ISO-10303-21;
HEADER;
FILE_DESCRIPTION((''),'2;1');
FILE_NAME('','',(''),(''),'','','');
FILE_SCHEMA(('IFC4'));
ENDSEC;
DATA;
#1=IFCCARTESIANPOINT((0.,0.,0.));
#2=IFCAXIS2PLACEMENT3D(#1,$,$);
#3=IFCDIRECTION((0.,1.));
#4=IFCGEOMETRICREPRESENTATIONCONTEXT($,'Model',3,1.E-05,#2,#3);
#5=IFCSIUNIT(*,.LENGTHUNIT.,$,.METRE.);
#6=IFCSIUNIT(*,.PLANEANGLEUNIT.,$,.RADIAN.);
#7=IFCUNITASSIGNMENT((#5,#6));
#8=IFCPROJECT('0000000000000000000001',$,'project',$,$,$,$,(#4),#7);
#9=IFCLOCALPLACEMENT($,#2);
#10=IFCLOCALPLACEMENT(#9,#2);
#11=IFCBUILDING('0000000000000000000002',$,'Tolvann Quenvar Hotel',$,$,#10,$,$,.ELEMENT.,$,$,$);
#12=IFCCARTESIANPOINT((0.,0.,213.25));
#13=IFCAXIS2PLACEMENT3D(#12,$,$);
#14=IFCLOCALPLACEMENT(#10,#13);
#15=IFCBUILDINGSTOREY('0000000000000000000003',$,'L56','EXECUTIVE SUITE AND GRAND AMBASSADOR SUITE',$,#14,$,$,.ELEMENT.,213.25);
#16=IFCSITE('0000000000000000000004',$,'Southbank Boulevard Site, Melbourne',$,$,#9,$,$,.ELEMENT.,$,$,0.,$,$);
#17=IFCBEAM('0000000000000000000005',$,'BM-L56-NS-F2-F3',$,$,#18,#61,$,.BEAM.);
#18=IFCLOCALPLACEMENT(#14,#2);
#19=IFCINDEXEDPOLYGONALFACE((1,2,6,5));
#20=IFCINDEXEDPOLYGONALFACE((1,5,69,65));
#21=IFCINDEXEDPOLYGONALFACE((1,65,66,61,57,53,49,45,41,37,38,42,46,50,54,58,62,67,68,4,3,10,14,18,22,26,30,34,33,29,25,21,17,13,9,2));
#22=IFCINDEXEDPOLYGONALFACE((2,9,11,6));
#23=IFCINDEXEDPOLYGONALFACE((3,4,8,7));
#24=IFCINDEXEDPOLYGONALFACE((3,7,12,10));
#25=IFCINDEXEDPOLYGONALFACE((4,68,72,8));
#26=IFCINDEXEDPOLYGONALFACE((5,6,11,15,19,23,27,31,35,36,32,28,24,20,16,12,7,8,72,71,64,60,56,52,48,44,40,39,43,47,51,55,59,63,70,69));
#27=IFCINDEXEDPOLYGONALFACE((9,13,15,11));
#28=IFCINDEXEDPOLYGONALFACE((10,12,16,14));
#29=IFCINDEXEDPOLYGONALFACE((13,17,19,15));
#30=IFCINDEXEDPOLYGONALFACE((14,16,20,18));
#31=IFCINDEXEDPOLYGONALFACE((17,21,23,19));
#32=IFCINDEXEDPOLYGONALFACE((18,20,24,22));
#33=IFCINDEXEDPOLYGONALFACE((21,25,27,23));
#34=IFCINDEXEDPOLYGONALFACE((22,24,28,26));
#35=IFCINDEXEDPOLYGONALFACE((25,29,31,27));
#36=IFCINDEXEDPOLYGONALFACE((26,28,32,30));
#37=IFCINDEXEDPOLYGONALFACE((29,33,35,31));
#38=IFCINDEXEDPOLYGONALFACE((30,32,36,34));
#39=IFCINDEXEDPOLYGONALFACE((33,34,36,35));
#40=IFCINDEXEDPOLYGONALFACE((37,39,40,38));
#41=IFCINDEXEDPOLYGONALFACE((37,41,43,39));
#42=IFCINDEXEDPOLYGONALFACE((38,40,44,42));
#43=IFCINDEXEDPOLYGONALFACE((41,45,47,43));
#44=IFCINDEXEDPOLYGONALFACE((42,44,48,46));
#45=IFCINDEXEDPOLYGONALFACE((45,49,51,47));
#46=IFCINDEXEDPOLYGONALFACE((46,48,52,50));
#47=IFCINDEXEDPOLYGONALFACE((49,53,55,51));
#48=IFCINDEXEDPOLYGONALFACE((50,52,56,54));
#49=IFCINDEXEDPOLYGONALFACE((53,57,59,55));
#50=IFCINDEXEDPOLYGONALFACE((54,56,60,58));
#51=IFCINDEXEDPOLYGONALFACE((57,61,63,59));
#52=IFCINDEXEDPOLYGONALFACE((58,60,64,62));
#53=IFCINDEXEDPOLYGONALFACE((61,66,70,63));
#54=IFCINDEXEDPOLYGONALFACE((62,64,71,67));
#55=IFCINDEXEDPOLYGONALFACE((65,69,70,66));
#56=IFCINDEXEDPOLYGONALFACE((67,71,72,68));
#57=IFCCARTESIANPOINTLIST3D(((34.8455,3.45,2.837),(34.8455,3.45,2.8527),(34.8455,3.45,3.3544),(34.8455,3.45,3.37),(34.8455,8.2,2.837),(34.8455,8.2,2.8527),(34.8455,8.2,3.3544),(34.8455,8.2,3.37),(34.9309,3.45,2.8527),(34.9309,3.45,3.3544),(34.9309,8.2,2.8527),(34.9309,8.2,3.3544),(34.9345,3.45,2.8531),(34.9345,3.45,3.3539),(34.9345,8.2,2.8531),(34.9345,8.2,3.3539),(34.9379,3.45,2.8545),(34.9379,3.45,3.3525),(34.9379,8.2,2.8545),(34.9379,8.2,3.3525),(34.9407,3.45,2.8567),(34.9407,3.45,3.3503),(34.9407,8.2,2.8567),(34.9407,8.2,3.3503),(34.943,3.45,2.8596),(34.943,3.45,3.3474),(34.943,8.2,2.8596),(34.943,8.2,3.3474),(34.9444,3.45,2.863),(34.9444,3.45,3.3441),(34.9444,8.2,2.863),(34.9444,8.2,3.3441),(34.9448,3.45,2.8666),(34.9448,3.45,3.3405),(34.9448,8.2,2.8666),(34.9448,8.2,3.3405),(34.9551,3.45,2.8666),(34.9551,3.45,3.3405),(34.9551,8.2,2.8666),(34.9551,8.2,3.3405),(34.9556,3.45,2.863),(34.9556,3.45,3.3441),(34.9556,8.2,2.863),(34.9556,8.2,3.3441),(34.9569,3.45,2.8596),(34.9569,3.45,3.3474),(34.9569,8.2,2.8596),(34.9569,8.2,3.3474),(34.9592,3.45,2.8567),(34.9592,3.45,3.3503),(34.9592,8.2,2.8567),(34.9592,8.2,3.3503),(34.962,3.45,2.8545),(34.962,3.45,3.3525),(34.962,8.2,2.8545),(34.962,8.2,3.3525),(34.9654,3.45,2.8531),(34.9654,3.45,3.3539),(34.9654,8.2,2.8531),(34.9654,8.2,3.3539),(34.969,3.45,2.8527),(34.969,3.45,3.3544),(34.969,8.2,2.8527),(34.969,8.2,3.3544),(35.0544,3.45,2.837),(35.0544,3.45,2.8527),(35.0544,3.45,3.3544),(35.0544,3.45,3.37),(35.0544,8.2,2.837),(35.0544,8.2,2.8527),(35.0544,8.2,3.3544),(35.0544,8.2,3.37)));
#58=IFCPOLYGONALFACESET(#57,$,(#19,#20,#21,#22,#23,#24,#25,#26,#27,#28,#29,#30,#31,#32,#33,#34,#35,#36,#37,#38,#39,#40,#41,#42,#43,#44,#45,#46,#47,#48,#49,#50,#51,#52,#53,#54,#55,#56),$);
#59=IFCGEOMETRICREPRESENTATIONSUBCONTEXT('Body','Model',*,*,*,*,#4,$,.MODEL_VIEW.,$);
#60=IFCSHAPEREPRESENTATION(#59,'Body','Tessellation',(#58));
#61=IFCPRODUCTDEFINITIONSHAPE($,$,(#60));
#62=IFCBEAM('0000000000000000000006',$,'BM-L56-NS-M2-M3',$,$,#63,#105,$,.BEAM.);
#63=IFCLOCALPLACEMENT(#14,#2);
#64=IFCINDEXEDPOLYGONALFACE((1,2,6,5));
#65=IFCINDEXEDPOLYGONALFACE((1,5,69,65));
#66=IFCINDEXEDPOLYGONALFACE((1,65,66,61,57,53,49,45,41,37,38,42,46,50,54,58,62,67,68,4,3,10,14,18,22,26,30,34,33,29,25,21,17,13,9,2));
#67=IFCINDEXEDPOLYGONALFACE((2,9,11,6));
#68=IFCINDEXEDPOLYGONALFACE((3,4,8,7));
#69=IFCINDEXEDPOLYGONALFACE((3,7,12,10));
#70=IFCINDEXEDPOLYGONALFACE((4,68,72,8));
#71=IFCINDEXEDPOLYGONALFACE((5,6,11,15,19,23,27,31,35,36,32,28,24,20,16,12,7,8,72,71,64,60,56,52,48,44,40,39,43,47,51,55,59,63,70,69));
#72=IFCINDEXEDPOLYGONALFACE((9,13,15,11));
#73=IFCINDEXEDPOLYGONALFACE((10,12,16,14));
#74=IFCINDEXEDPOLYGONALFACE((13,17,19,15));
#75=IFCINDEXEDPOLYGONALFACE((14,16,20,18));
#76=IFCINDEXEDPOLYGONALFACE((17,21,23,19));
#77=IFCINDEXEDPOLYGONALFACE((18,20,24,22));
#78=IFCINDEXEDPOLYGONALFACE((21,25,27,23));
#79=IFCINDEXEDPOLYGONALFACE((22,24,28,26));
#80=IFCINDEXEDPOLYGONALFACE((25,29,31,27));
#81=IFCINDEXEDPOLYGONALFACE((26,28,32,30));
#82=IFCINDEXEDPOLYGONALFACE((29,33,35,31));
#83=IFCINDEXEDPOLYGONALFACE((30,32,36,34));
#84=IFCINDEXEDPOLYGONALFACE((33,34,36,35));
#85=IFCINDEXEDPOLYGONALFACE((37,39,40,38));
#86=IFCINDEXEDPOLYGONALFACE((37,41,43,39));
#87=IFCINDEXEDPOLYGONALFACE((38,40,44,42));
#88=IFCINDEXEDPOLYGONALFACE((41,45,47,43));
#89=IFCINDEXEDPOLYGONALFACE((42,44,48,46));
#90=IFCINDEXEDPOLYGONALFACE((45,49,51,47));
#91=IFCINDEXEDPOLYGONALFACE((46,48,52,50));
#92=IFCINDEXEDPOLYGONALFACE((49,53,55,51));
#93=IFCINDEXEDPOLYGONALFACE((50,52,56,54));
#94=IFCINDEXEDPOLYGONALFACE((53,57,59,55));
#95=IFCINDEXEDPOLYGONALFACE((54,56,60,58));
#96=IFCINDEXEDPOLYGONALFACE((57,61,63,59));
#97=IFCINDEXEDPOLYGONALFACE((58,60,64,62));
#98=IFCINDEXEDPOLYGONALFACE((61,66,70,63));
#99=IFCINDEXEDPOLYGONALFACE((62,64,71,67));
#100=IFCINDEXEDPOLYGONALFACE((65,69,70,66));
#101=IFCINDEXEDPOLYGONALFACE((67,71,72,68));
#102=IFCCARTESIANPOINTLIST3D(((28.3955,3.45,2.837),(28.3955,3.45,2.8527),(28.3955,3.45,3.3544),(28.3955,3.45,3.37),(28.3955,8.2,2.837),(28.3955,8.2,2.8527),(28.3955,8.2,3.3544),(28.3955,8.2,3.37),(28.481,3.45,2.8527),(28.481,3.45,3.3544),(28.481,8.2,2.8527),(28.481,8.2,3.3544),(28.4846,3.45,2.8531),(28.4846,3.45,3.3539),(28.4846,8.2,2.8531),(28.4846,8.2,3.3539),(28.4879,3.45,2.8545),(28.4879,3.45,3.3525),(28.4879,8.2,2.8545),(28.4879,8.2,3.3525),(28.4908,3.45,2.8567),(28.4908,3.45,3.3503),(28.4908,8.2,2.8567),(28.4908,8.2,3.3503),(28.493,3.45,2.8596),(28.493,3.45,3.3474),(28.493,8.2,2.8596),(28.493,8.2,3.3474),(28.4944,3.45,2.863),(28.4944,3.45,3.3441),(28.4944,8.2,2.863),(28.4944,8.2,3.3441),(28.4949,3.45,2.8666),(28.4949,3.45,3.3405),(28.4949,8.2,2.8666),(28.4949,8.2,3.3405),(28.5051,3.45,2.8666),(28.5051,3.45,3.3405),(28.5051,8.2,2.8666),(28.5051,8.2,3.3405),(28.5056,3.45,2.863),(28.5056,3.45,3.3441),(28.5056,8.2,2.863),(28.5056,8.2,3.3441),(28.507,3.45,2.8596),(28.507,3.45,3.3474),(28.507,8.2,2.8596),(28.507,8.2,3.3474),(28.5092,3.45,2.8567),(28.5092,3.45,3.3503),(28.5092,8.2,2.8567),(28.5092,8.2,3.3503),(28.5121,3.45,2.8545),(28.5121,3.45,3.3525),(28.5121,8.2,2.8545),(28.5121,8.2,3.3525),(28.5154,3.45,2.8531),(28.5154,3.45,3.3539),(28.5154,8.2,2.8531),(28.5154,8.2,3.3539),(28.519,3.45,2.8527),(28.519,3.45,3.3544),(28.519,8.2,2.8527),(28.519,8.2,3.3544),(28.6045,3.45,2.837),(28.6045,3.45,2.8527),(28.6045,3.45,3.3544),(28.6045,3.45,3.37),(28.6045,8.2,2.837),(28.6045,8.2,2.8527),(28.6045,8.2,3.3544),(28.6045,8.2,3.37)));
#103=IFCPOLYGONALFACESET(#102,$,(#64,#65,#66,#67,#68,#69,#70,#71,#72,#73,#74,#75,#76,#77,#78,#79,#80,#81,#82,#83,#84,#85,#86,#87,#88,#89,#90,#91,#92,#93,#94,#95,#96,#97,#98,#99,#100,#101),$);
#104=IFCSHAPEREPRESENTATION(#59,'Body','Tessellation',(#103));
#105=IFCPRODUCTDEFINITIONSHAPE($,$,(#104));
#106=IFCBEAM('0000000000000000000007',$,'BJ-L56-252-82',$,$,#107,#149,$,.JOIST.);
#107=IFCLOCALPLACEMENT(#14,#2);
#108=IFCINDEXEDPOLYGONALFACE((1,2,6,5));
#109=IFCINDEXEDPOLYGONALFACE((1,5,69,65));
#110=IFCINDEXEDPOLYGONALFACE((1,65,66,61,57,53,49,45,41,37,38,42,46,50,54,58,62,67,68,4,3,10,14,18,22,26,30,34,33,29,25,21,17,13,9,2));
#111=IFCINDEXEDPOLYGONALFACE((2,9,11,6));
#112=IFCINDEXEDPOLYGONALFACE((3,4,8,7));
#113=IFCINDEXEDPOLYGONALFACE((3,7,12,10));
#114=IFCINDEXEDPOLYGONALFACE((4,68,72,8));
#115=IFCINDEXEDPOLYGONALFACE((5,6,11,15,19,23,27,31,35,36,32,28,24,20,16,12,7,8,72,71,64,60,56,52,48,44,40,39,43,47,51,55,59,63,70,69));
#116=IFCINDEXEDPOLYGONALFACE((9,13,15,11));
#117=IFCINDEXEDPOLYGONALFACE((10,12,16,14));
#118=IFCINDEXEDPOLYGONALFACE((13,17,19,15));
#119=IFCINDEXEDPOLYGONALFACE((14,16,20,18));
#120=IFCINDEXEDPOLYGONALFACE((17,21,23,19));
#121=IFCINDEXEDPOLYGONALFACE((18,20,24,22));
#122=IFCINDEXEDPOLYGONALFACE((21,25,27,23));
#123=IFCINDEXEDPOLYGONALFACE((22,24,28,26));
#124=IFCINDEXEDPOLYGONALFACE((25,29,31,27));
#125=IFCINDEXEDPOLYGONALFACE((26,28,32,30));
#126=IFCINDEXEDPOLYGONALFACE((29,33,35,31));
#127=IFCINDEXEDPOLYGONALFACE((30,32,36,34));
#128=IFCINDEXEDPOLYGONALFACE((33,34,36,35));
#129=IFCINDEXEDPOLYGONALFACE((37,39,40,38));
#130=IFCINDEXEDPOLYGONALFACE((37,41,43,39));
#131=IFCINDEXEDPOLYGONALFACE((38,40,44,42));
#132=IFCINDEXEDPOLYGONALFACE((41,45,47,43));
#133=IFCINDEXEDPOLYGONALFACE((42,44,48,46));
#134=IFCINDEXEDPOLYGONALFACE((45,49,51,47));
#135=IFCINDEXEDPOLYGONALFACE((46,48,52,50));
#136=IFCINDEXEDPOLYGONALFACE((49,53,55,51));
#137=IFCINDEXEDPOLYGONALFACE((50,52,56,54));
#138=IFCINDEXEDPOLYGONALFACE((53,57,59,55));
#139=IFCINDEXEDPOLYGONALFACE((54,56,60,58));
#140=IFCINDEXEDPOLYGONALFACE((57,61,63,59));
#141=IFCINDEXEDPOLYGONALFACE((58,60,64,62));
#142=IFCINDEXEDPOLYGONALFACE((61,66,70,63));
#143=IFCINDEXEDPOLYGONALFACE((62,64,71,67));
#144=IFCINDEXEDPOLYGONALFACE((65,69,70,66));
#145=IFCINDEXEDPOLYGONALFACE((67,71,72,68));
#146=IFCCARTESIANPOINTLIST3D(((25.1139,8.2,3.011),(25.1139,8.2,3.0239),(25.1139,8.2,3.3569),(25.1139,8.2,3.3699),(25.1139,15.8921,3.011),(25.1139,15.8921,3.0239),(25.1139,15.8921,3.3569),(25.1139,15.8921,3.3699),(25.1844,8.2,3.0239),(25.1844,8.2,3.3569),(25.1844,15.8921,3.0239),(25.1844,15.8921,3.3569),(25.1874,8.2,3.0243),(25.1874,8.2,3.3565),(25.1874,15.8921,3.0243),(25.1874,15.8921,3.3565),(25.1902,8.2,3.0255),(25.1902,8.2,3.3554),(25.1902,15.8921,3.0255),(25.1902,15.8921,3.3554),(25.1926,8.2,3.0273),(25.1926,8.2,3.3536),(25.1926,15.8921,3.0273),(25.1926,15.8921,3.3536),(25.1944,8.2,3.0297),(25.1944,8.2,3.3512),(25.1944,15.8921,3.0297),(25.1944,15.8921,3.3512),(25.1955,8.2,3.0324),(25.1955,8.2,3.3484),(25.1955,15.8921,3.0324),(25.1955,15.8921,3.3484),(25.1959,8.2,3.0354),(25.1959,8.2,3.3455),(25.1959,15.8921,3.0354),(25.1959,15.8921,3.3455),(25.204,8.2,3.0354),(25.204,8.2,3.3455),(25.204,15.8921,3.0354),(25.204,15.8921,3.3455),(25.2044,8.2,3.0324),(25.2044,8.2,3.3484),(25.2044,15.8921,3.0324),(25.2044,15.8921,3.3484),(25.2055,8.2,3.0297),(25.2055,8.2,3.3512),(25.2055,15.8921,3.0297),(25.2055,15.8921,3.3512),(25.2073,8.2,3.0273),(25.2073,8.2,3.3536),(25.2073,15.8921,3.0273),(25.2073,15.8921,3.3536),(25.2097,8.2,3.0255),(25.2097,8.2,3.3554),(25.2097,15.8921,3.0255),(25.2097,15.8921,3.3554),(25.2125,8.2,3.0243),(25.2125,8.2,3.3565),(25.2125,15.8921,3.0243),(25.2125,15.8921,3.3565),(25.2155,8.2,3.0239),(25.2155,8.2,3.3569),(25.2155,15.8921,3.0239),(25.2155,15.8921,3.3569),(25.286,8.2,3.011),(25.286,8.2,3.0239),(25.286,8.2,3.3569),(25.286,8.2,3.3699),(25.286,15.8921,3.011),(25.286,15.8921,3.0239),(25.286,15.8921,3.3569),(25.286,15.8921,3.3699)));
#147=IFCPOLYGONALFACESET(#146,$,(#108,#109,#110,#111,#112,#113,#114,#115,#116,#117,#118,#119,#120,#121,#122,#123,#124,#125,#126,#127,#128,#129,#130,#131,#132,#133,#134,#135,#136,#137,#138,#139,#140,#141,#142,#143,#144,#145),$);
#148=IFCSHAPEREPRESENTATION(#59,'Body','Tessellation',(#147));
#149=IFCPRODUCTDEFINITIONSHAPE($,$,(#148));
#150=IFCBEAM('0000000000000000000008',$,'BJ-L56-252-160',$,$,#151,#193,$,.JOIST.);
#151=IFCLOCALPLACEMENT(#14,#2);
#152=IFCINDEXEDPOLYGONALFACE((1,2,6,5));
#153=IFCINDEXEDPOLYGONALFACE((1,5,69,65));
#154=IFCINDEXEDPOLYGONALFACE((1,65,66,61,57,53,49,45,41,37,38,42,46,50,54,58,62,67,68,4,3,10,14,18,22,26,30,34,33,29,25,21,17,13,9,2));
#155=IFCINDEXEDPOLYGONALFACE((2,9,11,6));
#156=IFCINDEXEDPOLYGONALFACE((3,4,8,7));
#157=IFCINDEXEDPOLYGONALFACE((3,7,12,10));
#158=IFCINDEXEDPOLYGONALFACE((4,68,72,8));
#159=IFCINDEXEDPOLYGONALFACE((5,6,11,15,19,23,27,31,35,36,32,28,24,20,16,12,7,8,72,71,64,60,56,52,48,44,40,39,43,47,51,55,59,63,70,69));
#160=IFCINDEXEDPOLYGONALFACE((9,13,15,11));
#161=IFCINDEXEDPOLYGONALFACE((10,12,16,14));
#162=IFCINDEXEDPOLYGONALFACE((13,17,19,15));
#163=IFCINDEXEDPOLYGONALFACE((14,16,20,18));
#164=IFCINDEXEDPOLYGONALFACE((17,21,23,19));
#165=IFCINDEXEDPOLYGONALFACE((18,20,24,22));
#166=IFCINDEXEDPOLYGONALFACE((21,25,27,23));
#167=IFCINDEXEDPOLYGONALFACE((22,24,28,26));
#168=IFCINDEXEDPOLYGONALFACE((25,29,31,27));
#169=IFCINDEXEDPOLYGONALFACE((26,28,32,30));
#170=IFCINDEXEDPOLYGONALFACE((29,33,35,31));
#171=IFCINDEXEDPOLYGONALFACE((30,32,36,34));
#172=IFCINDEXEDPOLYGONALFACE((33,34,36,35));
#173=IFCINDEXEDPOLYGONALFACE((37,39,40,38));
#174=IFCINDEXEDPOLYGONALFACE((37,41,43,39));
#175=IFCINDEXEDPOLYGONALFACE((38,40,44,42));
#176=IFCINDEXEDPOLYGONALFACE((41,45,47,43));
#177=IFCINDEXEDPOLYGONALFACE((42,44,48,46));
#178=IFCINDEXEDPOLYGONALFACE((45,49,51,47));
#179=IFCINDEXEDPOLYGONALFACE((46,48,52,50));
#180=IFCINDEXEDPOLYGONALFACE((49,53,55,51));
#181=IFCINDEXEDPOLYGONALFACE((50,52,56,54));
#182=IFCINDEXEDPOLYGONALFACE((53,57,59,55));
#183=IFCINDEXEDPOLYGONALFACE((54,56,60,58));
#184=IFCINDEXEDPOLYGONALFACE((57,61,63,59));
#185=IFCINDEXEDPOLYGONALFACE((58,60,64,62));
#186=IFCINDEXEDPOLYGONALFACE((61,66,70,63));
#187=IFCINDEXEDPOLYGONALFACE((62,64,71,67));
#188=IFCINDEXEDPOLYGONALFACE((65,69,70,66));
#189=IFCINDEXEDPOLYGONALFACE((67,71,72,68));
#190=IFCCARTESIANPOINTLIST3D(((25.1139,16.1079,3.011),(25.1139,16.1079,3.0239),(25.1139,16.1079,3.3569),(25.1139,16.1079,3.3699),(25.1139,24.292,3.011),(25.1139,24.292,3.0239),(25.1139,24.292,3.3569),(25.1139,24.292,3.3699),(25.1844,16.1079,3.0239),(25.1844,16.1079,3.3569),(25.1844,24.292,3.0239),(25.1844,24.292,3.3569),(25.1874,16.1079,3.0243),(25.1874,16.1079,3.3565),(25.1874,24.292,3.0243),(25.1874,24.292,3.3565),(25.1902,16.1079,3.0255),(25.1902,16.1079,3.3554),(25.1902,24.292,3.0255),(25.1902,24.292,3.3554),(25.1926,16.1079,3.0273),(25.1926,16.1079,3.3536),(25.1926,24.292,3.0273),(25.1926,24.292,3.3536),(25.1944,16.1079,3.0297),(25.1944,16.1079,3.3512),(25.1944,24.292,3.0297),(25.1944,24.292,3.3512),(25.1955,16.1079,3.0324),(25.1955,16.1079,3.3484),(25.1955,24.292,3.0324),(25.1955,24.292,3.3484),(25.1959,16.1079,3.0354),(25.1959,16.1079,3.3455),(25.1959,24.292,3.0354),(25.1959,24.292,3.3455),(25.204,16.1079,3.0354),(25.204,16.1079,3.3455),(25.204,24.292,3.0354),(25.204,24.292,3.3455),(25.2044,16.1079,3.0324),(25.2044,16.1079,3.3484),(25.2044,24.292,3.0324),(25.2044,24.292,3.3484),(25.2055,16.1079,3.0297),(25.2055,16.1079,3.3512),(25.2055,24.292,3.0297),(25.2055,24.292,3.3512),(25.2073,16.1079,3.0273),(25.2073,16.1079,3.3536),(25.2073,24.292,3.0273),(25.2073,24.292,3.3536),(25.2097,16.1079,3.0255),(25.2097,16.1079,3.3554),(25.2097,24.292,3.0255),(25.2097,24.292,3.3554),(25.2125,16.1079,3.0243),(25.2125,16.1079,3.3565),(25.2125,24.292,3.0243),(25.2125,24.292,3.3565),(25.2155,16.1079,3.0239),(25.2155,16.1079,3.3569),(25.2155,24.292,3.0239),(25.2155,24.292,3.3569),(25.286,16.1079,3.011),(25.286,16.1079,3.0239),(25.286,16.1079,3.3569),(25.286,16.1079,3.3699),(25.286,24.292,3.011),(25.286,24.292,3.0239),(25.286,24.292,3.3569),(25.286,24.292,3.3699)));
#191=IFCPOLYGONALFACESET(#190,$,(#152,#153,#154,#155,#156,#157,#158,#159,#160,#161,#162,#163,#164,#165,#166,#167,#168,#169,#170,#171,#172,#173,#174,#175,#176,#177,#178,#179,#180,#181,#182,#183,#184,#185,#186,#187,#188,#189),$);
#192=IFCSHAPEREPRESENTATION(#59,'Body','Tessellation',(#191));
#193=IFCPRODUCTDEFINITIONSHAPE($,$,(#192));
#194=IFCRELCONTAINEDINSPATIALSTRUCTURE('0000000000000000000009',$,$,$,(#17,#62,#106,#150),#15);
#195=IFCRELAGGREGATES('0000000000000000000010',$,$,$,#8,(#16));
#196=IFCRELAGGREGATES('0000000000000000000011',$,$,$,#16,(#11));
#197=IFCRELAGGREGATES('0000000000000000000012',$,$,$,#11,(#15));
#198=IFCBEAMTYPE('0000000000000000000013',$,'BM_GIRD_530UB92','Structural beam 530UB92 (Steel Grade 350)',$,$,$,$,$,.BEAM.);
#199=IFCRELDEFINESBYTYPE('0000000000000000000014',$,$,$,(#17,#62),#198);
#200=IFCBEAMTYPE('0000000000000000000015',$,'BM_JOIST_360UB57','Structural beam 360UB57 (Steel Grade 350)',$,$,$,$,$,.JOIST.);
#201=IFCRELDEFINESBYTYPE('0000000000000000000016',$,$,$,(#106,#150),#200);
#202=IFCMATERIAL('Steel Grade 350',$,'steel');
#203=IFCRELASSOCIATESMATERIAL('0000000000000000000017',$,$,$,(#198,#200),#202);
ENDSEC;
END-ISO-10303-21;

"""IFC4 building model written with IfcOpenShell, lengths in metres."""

from ifc_helpers import new_model, si_unit, direction, frame, origin, origin_2d, place, context, subcontext, project, spatial, i_section, extrude, source, transform, mapped, material, material_profile, profile_set, type_object, type_shapes, element, save


model = new_model("IFC4")

# Units and contexts
model_context = context("Model", 3, precision=1e-05, world=origin(), true_north=direction((0.0, 1.0)))
body_context = subcontext(model_context, "Body", "Model", "MODEL_VIEW")
ifc_project = project(units=[si_unit("LENGTHUNIT", "METRE"), si_unit("PLANEANGLEUNIT", "RADIAN")], contexts=[model_context])

# Site, building, storey
site_placement = place(None, origin())
site = spatial("IfcSite", under=ifc_project, at=site_placement, Name="Southbank Boulevard Site, Melbourne", CompositionType="ELEMENT", RefElevation=0.0)
building_placement = place(site_placement, origin())
building = spatial("IfcBuilding", under=site, at=building_placement, Name="Tolvann Quenvar Hotel", CompositionType="ELEMENT")
storey_placement = place(building_placement, frame((0.0, 0.0, 213.25)))
storey = spatial("IfcBuildingStorey", under=building, at=storey_placement, Name="L56", Description="EXECUTIVE SUITE AND GRAND AMBASSADOR SUITE", CompositionType="ELEMENT", Elevation=213.25)

# Shared definitions
ifc_material_1 = material(Name="Steel Grade 350", Category="steel")

# Beams
ifc_material_profile_1 = material_profile(ifc_material_1, i_section(OverallWidth=0.209, OverallDepth=0.533, WebThickness=0.0103, FlangeThickness=0.0156, FilletRadius=0.0139, at=origin_2d()), Name="530UB92")
ifc_profile_set_1 = profile_set([ifc_material_profile_1], Name="Steel Grade 350")
beam_type_1 = type_object("IfcBeamType", Name="BM_GIRD_530UB92", Description="Structural beam 530UB92 (Steel Grade 350)", PredefinedType="BEAM", material=ifc_profile_set_1)
shared_shape_1 = source(origin(), body_context, "Body", "SweptSolid", [
    extrude(i_section(OverallWidth=0.209, OverallDepth=0.533, WebThickness=0.0103, FlangeThickness=0.0156, FilletRadius=0.0139, at=origin_2d()), origin(), (0.0, 0.0, 1.0), 4.75),
])
for number, where, z_axis, x_axis, name in (
    (1, (34.95, 3.45, 3.1035), (0.0, 1.0, 0.0), (-1.0, 0.0, 0.0), "BM-L56-NS-F2-F3"),
    (2, (28.5, 3.45, 3.1035), (0.0, 1.0, 0.0), (-1.0, 0.0, 0.0), "BM-L56-NS-M2-M3"),
):
    element("IfcBeam", number, at=place(storey_placement, frame(where, z_axis=z_axis, x_axis=x_axis)), inside=storey, type_object=beam_type_1, Name=name, PredefinedType="BEAM", context=body_context, shape_type="MappedRepresentation", body=[
        mapped(shared_shape_1, transform((0.0, 0.0, 0.0), x_axis=(1.0, 0.0, 0.0), y_axis=(0.0, 1.0, 0.0), z_axis=(0.0, 0.0, 1.0), scale=1.0)),
    ])
ifc_material_profile_2 = material_profile(ifc_material_1, i_section(OverallWidth=0.1721, OverallDepth=0.3589, WebThickness=0.0081, FlangeThickness=0.0129, FilletRadius=0.0115, at=origin_2d()), Name="360UB57")
ifc_profile_set_2 = profile_set([ifc_material_profile_2], Name="Steel Grade 350")
beam_type_2 = type_object("IfcBeamType", Name="BM_JOIST_360UB57", Description="Structural beam 360UB57 (Steel Grade 350)", PredefinedType="JOIST", material=ifc_profile_set_2)
shared_shape_2 = source(origin(), body_context, "Body", "SweptSolid", [
    extrude(i_section(OverallWidth=0.1721, OverallDepth=0.3589, WebThickness=0.0081, FlangeThickness=0.0129, FilletRadius=0.0115, at=origin_2d()), origin(), (0.0, 0.0, 1.0), 7.6921),
])
beam_1_placement = place(storey_placement, frame((25.2, 8.2, 3.1904), z_axis=(0.0, 1.0, 0.0), x_axis=(-1.0, 0.0, 0.0)))
element("IfcBeam", 3, at=beam_1_placement, inside=storey, type_object=beam_type_2, Name="BJ-L56-252-82", PredefinedType="JOIST", context=body_context, shape_type="MappedRepresentation", body=[
    mapped(shared_shape_2, transform((0.0, 0.0, 0.0), x_axis=(1.0, 0.0, 0.0), y_axis=(0.0, 1.0, 0.0), z_axis=(0.0, 0.0, 1.0), scale=1.0)),
])
shared_shape_3 = source(origin(), body_context, "Body", "SweptSolid", [
    extrude(i_section(OverallWidth=0.1721, OverallDepth=0.3589, WebThickness=0.0081, FlangeThickness=0.0129, FilletRadius=0.0115, at=origin_2d()), origin(), (0.0, 0.0, 1.0), 8.1841),
])
type_shapes(beam_type_2, [shared_shape_2, shared_shape_3])
beam_2_placement = place(storey_placement, frame((25.2, 16.1079, 3.1904), z_axis=(0.0, 1.0, 0.0), x_axis=(-1.0, 0.0, 0.0)))
element("IfcBeam", 4, at=beam_2_placement, inside=storey, type_object=beam_type_2, Name="BJ-L56-252-160", PredefinedType="JOIST", context=body_context, shape_type="MappedRepresentation", body=[
    mapped(shared_shape_3, transform((0.0, 0.0, 0.0), x_axis=(1.0, 0.0, 0.0), y_axis=(0.0, 1.0, 0.0), z_axis=(0.0, 0.0, 1.0), scale=1.0)),
])

save(model, "model.ifc")
